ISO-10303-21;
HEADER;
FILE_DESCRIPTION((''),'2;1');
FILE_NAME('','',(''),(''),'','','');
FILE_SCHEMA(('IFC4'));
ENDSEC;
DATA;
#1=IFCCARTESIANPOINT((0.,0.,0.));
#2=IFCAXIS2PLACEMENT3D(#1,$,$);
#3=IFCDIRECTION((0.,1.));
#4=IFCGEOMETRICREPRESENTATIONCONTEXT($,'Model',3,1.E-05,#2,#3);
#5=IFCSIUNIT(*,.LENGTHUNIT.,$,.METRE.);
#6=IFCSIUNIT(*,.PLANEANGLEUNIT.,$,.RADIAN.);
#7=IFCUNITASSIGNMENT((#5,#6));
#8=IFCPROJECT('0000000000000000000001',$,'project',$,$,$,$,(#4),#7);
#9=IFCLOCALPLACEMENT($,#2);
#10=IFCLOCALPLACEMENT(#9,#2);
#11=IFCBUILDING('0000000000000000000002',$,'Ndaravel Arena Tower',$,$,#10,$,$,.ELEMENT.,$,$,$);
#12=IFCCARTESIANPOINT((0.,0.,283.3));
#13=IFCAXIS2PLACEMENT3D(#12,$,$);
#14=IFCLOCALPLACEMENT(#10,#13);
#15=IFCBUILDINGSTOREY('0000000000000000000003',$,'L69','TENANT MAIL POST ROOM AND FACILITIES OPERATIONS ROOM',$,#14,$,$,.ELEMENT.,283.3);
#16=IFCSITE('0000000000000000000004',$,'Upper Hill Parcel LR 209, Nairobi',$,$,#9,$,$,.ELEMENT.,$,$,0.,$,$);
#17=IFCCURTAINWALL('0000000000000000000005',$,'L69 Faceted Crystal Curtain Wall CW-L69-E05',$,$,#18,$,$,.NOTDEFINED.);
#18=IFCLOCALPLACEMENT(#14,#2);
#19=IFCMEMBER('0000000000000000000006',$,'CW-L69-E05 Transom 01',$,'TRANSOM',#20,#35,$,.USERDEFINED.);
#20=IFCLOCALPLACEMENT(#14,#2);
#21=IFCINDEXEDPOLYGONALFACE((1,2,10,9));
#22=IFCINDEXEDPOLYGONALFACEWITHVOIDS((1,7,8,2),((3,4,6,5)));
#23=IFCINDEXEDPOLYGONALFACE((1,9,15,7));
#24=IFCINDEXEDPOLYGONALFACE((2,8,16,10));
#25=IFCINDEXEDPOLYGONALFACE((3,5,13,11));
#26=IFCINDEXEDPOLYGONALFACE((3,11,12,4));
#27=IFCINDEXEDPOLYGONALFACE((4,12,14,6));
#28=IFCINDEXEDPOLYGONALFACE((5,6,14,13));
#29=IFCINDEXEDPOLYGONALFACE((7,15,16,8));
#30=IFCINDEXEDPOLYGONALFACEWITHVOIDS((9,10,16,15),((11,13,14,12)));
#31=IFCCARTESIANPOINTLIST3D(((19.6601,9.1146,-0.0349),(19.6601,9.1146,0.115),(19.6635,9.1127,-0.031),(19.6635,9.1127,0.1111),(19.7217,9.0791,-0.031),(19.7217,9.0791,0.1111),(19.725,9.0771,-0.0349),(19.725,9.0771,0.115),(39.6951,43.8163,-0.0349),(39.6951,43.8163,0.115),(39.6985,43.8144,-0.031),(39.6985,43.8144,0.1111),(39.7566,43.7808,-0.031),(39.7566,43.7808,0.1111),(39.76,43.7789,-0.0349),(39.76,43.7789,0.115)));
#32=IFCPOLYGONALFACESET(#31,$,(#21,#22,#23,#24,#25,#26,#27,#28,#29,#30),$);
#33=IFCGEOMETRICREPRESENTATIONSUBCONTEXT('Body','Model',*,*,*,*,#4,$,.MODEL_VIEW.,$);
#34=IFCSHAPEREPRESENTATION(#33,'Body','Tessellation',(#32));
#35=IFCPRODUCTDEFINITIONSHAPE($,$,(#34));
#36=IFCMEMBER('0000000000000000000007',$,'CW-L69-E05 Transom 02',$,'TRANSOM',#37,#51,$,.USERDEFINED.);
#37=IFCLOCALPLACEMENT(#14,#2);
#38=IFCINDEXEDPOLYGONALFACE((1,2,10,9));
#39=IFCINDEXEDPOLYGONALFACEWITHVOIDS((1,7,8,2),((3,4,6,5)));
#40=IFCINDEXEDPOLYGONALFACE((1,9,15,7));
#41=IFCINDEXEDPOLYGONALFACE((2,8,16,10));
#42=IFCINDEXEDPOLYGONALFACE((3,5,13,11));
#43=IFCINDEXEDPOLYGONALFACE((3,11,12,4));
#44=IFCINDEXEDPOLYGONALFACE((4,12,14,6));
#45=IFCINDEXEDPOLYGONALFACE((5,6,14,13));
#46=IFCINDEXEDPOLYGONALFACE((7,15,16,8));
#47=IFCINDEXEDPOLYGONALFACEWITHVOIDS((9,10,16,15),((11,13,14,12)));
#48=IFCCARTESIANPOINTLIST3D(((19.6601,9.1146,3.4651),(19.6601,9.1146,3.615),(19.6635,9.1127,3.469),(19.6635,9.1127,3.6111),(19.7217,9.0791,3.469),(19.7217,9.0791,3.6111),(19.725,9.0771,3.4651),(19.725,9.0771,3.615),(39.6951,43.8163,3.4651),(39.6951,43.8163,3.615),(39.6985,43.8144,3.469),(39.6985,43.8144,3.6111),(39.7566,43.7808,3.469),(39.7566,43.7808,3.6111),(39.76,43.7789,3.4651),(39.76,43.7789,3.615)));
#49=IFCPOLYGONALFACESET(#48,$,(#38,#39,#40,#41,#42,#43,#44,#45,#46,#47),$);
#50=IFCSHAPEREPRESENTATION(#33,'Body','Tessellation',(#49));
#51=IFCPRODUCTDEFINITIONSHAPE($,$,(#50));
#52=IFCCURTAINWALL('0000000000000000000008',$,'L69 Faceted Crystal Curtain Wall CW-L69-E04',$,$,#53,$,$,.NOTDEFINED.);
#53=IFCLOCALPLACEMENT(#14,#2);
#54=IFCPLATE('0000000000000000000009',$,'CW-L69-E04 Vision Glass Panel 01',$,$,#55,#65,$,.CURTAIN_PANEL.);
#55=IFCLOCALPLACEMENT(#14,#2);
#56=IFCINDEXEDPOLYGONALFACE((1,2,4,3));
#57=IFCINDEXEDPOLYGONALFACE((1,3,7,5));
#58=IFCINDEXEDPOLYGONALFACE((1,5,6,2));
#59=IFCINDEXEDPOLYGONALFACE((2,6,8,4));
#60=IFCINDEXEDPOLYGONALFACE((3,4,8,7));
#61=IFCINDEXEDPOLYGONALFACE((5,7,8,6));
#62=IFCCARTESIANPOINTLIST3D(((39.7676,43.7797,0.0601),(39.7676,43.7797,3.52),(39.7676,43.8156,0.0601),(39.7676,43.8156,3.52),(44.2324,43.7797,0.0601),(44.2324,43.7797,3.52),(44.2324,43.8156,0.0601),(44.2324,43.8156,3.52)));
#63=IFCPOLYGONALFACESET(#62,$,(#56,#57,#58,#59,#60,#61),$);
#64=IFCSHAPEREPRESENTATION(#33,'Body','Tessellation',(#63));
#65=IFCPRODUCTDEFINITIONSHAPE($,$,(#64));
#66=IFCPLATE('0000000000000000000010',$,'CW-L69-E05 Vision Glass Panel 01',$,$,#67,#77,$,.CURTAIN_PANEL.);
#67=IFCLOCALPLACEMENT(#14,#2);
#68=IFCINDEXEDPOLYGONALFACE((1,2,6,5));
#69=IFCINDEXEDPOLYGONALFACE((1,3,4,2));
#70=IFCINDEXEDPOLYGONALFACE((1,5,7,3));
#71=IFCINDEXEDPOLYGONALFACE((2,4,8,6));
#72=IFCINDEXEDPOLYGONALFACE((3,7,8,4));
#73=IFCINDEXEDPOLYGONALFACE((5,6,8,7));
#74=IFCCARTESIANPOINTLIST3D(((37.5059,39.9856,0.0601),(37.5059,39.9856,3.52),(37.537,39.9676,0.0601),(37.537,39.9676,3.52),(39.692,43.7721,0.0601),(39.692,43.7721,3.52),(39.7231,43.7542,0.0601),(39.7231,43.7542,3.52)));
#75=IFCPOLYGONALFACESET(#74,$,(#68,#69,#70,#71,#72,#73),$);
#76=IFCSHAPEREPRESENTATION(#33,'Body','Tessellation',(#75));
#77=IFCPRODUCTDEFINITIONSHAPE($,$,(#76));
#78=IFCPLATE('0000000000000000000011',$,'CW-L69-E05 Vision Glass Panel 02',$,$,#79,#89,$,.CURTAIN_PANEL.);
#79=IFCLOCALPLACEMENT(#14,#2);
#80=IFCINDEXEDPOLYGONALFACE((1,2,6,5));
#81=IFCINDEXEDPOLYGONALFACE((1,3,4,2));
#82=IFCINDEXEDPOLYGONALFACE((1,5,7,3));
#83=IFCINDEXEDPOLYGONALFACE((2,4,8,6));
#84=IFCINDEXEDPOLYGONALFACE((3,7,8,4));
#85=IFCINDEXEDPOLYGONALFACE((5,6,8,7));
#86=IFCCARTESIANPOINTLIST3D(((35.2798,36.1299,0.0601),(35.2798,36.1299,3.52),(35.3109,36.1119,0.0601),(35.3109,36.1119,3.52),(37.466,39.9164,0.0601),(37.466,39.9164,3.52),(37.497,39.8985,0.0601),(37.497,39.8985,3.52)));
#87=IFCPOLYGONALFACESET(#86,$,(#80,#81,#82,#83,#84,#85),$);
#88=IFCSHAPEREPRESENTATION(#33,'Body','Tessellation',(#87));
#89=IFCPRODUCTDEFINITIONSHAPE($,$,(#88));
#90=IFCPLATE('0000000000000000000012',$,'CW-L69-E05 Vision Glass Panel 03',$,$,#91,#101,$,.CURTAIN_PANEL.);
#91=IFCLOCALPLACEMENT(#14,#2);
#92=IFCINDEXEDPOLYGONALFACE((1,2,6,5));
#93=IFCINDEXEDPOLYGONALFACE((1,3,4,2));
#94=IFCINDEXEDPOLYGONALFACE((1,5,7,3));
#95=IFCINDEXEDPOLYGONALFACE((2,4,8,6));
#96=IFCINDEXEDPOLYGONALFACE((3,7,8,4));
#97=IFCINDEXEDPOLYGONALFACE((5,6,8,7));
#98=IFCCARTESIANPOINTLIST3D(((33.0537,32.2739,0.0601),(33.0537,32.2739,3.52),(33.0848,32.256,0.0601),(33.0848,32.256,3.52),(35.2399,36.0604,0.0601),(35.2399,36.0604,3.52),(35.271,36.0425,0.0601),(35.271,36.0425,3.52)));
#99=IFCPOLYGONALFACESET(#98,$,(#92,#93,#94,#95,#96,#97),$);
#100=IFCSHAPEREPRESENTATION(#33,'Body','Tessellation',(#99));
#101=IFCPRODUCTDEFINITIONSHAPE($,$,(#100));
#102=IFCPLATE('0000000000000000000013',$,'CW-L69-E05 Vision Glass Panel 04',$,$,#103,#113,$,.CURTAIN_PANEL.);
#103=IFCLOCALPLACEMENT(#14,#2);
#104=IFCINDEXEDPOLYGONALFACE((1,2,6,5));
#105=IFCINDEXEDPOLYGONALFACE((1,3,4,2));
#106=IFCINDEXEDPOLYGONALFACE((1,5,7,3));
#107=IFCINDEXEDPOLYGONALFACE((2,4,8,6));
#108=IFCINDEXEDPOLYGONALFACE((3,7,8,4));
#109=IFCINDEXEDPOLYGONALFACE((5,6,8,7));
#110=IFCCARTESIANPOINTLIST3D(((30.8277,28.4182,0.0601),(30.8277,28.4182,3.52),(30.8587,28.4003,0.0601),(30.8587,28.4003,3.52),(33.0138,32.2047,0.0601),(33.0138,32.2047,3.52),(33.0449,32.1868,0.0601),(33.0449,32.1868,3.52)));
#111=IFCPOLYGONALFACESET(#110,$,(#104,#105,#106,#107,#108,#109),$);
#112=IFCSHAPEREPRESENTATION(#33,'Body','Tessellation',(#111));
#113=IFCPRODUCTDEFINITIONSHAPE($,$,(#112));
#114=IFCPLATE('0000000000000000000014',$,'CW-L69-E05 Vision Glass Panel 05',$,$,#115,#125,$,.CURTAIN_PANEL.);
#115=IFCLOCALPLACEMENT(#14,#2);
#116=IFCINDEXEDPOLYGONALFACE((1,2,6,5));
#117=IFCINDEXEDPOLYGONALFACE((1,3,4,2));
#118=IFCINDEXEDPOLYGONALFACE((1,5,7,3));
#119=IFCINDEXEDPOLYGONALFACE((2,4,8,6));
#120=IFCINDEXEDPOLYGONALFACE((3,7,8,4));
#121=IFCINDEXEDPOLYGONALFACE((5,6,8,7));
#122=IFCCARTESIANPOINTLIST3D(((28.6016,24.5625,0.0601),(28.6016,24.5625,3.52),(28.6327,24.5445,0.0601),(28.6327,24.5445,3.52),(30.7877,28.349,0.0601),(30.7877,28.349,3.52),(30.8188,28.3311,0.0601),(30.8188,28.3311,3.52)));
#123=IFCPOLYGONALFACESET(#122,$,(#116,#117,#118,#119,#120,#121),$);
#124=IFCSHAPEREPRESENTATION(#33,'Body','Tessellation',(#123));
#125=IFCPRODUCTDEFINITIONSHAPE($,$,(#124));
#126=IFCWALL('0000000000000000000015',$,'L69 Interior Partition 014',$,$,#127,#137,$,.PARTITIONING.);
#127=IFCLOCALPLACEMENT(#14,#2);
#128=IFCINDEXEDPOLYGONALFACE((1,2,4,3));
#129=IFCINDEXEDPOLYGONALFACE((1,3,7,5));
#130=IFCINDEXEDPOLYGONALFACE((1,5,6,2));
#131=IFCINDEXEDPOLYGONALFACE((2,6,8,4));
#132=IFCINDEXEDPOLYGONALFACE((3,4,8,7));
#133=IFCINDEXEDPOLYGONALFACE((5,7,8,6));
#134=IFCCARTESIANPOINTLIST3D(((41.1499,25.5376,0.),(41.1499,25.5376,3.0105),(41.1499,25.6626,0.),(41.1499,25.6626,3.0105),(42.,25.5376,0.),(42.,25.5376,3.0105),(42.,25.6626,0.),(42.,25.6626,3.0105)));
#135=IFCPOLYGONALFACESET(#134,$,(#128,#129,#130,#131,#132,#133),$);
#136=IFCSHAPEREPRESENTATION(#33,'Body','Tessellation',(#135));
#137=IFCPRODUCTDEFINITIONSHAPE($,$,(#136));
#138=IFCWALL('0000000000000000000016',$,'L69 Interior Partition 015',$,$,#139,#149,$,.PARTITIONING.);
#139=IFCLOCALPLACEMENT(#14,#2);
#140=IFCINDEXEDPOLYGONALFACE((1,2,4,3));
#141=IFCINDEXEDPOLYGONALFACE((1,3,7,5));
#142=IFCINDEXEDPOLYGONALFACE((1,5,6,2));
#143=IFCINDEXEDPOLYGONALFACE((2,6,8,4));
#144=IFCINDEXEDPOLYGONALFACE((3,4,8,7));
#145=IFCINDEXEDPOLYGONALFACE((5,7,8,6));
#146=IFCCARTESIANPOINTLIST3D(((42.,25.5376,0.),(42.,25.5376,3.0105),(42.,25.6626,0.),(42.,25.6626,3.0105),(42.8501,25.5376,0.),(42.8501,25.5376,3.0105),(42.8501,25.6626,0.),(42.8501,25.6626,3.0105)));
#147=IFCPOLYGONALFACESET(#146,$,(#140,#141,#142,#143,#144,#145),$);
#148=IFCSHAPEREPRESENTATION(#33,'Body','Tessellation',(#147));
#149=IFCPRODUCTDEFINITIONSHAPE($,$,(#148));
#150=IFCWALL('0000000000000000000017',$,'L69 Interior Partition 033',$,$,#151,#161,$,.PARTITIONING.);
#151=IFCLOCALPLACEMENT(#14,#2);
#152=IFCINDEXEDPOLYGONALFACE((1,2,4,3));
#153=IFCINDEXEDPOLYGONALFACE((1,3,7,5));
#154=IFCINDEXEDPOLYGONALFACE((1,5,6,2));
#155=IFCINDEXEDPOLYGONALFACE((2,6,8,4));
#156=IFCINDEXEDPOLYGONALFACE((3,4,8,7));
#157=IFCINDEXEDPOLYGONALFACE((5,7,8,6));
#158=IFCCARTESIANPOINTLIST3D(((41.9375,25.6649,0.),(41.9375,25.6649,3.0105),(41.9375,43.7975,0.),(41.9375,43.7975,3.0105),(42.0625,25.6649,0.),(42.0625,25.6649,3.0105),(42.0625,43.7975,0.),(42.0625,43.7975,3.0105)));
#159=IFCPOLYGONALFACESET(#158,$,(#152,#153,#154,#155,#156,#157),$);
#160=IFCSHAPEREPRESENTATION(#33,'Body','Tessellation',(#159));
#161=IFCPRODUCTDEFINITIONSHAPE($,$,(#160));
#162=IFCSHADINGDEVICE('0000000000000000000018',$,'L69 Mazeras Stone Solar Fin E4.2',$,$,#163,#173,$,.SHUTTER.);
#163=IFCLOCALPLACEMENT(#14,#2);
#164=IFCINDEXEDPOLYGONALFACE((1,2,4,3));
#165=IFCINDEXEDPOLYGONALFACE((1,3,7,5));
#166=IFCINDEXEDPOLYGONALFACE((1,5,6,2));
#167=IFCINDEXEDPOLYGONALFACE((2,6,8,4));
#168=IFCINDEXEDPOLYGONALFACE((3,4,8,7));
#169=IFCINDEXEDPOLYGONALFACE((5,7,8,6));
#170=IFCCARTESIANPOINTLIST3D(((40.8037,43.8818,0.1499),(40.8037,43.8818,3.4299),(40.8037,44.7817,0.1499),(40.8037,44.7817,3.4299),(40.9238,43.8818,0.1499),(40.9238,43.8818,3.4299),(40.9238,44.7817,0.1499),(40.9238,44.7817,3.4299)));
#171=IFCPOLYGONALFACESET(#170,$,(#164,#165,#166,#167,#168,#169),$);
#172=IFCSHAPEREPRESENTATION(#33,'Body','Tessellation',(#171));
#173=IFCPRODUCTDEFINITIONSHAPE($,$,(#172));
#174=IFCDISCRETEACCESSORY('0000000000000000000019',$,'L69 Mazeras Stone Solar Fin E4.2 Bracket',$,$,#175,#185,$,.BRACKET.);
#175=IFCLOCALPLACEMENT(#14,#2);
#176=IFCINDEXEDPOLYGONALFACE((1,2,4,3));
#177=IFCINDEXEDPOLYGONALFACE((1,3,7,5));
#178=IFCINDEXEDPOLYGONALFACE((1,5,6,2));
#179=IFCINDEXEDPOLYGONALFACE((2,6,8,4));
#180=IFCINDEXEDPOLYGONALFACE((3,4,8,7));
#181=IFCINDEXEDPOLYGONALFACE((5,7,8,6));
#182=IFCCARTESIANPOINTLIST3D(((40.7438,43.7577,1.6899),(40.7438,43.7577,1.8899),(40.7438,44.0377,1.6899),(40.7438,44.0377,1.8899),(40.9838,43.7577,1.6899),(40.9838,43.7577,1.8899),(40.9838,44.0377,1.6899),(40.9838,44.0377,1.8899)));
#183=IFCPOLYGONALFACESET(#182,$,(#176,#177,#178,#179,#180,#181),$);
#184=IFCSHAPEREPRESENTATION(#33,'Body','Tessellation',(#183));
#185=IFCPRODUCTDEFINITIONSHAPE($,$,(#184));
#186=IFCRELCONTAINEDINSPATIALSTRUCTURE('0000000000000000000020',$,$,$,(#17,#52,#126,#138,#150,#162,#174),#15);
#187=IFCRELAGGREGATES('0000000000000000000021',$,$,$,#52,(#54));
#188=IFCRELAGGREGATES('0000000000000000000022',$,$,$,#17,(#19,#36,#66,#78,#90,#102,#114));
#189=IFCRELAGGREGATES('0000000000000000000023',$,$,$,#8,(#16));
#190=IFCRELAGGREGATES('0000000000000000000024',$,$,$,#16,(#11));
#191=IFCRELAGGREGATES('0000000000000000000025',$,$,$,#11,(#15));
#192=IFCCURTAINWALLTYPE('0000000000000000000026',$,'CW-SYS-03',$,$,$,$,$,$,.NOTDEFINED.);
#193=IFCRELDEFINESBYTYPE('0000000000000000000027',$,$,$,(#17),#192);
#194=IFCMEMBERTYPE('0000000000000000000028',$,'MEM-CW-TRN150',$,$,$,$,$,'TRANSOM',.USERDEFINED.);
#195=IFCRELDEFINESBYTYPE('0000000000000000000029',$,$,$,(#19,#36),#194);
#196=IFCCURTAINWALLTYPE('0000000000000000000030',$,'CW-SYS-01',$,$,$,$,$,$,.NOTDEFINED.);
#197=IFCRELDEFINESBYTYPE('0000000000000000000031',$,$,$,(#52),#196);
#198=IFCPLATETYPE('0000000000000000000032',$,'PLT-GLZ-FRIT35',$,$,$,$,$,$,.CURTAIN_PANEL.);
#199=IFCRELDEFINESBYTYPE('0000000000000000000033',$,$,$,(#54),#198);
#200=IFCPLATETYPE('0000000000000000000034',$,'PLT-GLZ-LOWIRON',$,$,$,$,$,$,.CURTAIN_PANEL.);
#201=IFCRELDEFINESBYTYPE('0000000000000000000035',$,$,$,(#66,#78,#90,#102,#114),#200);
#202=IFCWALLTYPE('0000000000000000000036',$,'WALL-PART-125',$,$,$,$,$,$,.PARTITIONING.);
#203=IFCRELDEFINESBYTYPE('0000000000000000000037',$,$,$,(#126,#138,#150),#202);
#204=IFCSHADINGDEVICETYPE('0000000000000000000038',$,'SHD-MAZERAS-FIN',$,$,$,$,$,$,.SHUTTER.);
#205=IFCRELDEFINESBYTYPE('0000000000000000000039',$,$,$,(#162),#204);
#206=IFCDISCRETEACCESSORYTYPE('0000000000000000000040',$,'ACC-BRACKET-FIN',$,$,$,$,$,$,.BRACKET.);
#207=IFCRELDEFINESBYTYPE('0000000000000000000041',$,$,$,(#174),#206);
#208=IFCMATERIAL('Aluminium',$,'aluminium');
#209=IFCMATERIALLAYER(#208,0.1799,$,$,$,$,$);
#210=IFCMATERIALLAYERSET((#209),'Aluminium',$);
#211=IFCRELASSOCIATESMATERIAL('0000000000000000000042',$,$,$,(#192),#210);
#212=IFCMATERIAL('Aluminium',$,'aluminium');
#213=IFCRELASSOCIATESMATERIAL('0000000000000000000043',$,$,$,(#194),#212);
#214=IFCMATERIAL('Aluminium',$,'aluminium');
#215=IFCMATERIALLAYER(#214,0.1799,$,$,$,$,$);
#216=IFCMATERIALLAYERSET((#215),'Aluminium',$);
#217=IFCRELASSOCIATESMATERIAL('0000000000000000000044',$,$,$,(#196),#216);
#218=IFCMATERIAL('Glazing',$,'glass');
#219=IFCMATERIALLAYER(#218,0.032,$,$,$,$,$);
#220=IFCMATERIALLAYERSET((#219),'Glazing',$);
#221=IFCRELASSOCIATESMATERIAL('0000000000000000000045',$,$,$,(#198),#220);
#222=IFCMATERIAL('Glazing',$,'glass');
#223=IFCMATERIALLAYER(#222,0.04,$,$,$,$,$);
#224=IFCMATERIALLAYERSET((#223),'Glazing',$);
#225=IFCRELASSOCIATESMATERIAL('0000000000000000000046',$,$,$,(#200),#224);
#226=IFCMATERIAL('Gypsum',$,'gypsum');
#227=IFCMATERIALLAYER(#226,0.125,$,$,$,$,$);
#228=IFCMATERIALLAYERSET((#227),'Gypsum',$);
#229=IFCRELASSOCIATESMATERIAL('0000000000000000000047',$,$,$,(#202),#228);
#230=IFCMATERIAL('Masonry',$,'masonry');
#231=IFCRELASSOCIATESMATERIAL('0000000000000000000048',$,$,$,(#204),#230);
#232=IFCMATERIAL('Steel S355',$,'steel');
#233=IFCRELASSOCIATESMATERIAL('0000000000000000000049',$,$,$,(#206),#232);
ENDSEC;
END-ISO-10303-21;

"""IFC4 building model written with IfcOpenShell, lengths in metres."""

from ifc_helpers import new_model, si_unit, direction, frame, frame_2d, origin, origin_2d, place, context, subcontext, project, spatial, rectangle, hollow_rectangle, extrude, material, layer, layer_set, material_profile, profile_set, type_object, element, aggregate, save


model = new_model("IFC4")

# Units and contexts
model_context = context("Model", 3, precision=1e-05, world=origin(), true_north=direction((0.0, 1.0)))
body_context = subcontext(model_context, "Body", "Model", "MODEL_VIEW")
ifc_project = project(units=[si_unit("LENGTHUNIT", "METRE"), si_unit("PLANEANGLEUNIT", "RADIAN")], contexts=[model_context])

# Site, building, storey
site_placement = place(None, origin())
site = spatial("IfcSite", under=ifc_project, at=site_placement, Name="Upper Hill Parcel LR 209, Nairobi", CompositionType="ELEMENT", RefElevation=0.0)
building_placement = place(site_placement, origin())
building = spatial("IfcBuilding", under=site, at=building_placement, Name="Ndaravel Arena Tower", CompositionType="ELEMENT")
storey_placement = place(building_placement, frame((0.0, 0.0, 283.3)))
storey = spatial("IfcBuildingStorey", under=building, at=storey_placement, Name="L69", Description="TENANT MAIL POST ROOM AND FACILITIES OPERATIONS ROOM", CompositionType="ELEMENT", Elevation=283.3)

# Curtain wall, members
ifc_material_1 = material(Name="Aluminium", Category="aluminium")
ifc_layer_1 = layer(ifc_material_1, 0.1799)
ifc_layer_set_1 = layer_set([ifc_layer_1], Name="Aluminium")
curtain_wall_type_1 = type_object("IfcCurtainWallType", Name="CW-SYS-03", PredefinedType="NOTDEFINED", material=ifc_layer_set_1)
curtain_wall_1_placement = place(storey_placement, origin())
curtain_wall_1 = element("IfcCurtainWall", 1, at=curtain_wall_1_placement, inside=storey, type_object=curtain_wall_type_1, Name="L69 Faceted Crystal Curtain Wall CW-L69-E05", PredefinedType="NOTDEFINED")
ifc_material_2 = material(Name="Aluminium", Category="aluminium")
ifc_material_profile_1 = material_profile(ifc_material_2, hollow_rectangle(XDim=0.075, YDim=0.1499, WallThickness=0.0039, at=origin_2d()), Name="CW TRANSOM 75x150x4")
ifc_profile_set_1 = profile_set([ifc_material_profile_1], Name="Aluminium")
member_type_1 = type_object("IfcMemberType", Name="MEM-CW-TRN150", ElementType="TRANSOM", PredefinedType="USERDEFINED", material=ifc_profile_set_1)
member_1_placement = place(storey_placement, frame((39.7275, 43.7976, 0.04), z_axis=(-0.499998, -0.866026, 0.0), x_axis=(0.866026, -0.499998, 0.0)))
member_1 = element("IfcMember", 2, at=member_1_placement, type_object=member_type_1, Name="CW-L69-E05 Transom 01", ObjectType="TRANSOM", PredefinedType="USERDEFINED", context=body_context, shape_type="SweptSolid", body=[
    extrude(hollow_rectangle(XDim=0.075, YDim=0.1499, WallThickness=0.0039, at=origin_2d()), origin(), (0.0, 0.0, 1.0), 40.0701),
])
member_2_placement = place(storey_placement, frame((39.7275, 43.7976, 3.54), z_axis=(-0.499998, -0.866026, 0.0), x_axis=(0.866026, -0.499998, 0.0)))
member_2 = element("IfcMember", 3, at=member_2_placement, type_object=member_type_1, Name="CW-L69-E05 Transom 02", ObjectType="TRANSOM", PredefinedType="USERDEFINED", context=body_context, shape_type="SweptSolid", body=[
    extrude(hollow_rectangle(XDim=0.075, YDim=0.1499, WallThickness=0.0039, at=origin_2d()), origin(), (0.0, 0.0, 1.0), 40.0701),
])

# Curtain wall, plate
ifc_material_3 = material(Name="Aluminium", Category="aluminium")
ifc_layer_2 = layer(ifc_material_3, 0.1799)
ifc_layer_set_2 = layer_set([ifc_layer_2], Name="Aluminium")
curtain_wall_type_2 = type_object("IfcCurtainWallType", Name="CW-SYS-01", PredefinedType="NOTDEFINED", material=ifc_layer_set_2)
curtain_wall_2_placement = place(storey_placement, origin())
curtain_wall_2 = element("IfcCurtainWall", 4, at=curtain_wall_2_placement, inside=storey, type_object=curtain_wall_type_2, Name="L69 Faceted Crystal Curtain Wall CW-L69-E04", PredefinedType="NOTDEFINED")
ifc_material_4 = material(Name="Glazing", Category="glass")
ifc_layer_3 = layer(ifc_material_4, 0.032)
ifc_layer_set_3 = layer_set([ifc_layer_3], Name="Glazing")
plate_type_1 = type_object("IfcPlateType", Name="PLT-GLZ-FRIT35", PredefinedType="CURTAIN_PANEL", material=ifc_layer_set_3)
plate_1_placement = place(storey_placement, frame((42.0, 43.7976, 0.0601), z_axis=(0.0, 0.0, 1.0), x_axis=(-1.0, 0.0, 0.0)))
plate_1 = element("IfcPlate", 5, at=plate_1_placement, type_object=plate_type_1, Name="CW-L69-E04 Vision Glass Panel 01", PredefinedType="CURTAIN_PANEL", context=body_context, shape_type="SweptSolid", body=[
    extrude(rectangle(XDim=4.4648, YDim=0.0359, at=origin_2d()), origin(), (0.0, 0.0, 1.0), 3.46),
])
aggregate(curtain_wall_2, [plate_1])

# Plates
ifc_material_5 = material(Name="Glazing", Category="glass")
ifc_layer_4 = layer(ifc_material_5, 0.04)
ifc_layer_set_4 = layer_set([ifc_layer_4], Name="Glazing")
plate_type_2 = type_object("IfcPlateType", Name="PLT-GLZ-LOWIRON", PredefinedType="CURTAIN_PANEL", material=ifc_layer_set_4)
plate_2_placement = place(storey_placement, frame((38.6145, 41.8699, 0.0601), z_axis=(0.0, 0.0, 1.0), x_axis=(-0.5, -0.866025, 0.0)))
plate_2 = element("IfcPlate", 6, at=plate_2_placement, type_object=plate_type_2, Name="CW-L69-E05 Vision Glass Panel 01", PredefinedType="CURTAIN_PANEL", context=body_context, shape_type="SweptSolid", body=[
    extrude(rectangle(XDim=4.3723, YDim=0.0359, at=origin_2d()), origin(), (0.0, 0.0, 1.0), 3.46),
])
plate_3_placement = place(storey_placement, frame((36.3884, 38.0142, 0.0601), z_axis=(0.0, 0.0, 1.0), x_axis=(-0.5, -0.866025, 0.0)))
plate_3 = element("IfcPlate", 7, at=plate_3_placement, type_object=plate_type_2, Name="CW-L69-E05 Vision Glass Panel 02", PredefinedType="CURTAIN_PANEL", context=body_context, shape_type="SweptSolid", body=[
    extrude(rectangle(XDim=4.3723, YDim=0.0359, at=origin_2d()), origin(), (0.0, 0.0, 1.0), 3.46),
])
plate_4_placement = place(storey_placement, frame((34.1624, 34.1582, 0.0601), z_axis=(0.0, 0.0, 1.0), x_axis=(-0.5, -0.866025, 0.0)))
plate_4 = element("IfcPlate", 8, at=plate_4_placement, type_object=plate_type_2, Name="CW-L69-E05 Vision Glass Panel 03", PredefinedType="CURTAIN_PANEL", context=body_context, shape_type="SweptSolid", body=[
    extrude(rectangle(XDim=4.3723, YDim=0.0359, at=origin_2d()), origin(), (0.0, 0.0, 1.0), 3.46),
])
plate_5_placement = place(storey_placement, frame((31.9363, 30.3025, 0.0601), z_axis=(0.0, 0.0, 1.0), x_axis=(-0.5, -0.866025, 0.0)))
plate_5 = element("IfcPlate", 9, at=plate_5_placement, type_object=plate_type_2, Name="CW-L69-E05 Vision Glass Panel 04", PredefinedType="CURTAIN_PANEL", context=body_context, shape_type="SweptSolid", body=[
    extrude(rectangle(XDim=4.3723, YDim=0.0359, at=origin_2d()), origin(), (0.0, 0.0, 1.0), 3.46),
])
plate_6_placement = place(storey_placement, frame((29.7102, 26.4468, 0.0601), z_axis=(0.0, 0.0, 1.0), x_axis=(-0.5, -0.866025, 0.0)))
plate_6 = element("IfcPlate", 10, at=plate_6_placement, type_object=plate_type_2, Name="CW-L69-E05 Vision Glass Panel 05", PredefinedType="CURTAIN_PANEL", context=body_context, shape_type="SweptSolid", body=[
    extrude(rectangle(XDim=4.3723, YDim=0.0359, at=origin_2d()), origin(), (0.0, 0.0, 1.0), 3.46),
])
aggregate(curtain_wall_1, [member_1, member_2, plate_2, plate_3, plate_4, plate_5, plate_6])

# Walls
ifc_material_6 = material(Name="Gypsum", Category="gypsum")
ifc_layer_5 = layer(ifc_material_6, 0.125)
ifc_layer_set_5 = layer_set([ifc_layer_5], Name="Gypsum")
wall_type = type_object("IfcWallType", Name="WALL-PART-125", PredefinedType="PARTITIONING", material=ifc_layer_set_5)
for number, where, z_axis, x_axis, name in (
    (11, (41.1499, 25.6001, 0.0), (0.0, 0.0, 1.0), (1.0, 0.0, 0.0), "L69 Interior Partition 014"),
    (12, (42.0, 25.6001, 0.0), (0.0, 0.0, 1.0), (1.0, 0.0, 0.0), "L69 Interior Partition 015"),
):
    element("IfcWall", number, at=place(storey_placement, frame(where, z_axis=z_axis, x_axis=x_axis)), inside=storey, type_object=wall_type, Name=name, PredefinedType="PARTITIONING", context=body_context, shape_type="SweptSolid", body=[
        extrude(rectangle(XDim=0.8501, YDim=0.125, at=frame_2d((0.425, 0.0))), origin(), (0.0, 0.0, 1.0), 3.0105),
    ])
wall_placement = place(storey_placement, frame((42.0, 43.7976, 0.0), z_axis=(0.0, 0.0, 1.0), x_axis=(0.0, -1.0, 0.0)))
element("IfcWall", 13, at=wall_placement, inside=storey, type_object=wall_type, Name="L69 Interior Partition 033", PredefinedType="PARTITIONING", context=body_context, shape_type="SweptSolid", body=[
    extrude(rectangle(XDim=18.1326, YDim=0.125, at=frame_2d((9.0664, 0.0))), origin(), (0.0, 0.0, 1.0), 3.0105),
])

# Shading device
ifc_material_7 = material(Name="Masonry", Category="masonry")
shading_device_type = type_object("IfcShadingDeviceType", Name="SHD-MAZERAS-FIN", PredefinedType="SHUTTER", material=ifc_material_7)
shading_device_placement = place(storey_placement, frame((40.8638, 44.3318, 0.1499), z_axis=(0.0, 0.0, 1.0), x_axis=(0.0, 1.0, 0.0)))
element("IfcShadingDevice", 14, at=shading_device_placement, inside=storey, type_object=shading_device_type, Name="L69 Mazeras Stone Solar Fin E4.2", PredefinedType="SHUTTER", context=body_context, shape_type="SweptSolid", body=[
    extrude(rectangle(XDim=0.8999, YDim=0.1201, at=origin_2d()), origin(), (0.0, 0.0, 1.0), 3.28),
])

# Discrete accessory
ifc_material_8 = material(Name="Steel S355", Category="steel")
discrete_accessory_type = type_object("IfcDiscreteAccessoryType", Name="ACC-BRACKET-FIN", PredefinedType="BRACKET", material=ifc_material_8)
discrete_accessory_placement = place(storey_placement, frame((40.8638, 43.8977, 1.6899), z_axis=(0.0, 0.0, 1.0), x_axis=(0.0, 1.0, 0.0)))
element("IfcDiscreteAccessory", 15, at=discrete_accessory_placement, inside=storey, type_object=discrete_accessory_type, Name="L69 Mazeras Stone Solar Fin E4.2 Bracket", PredefinedType="BRACKET", context=body_context, shape_type="SweptSolid", body=[
    extrude(rectangle(XDim=0.28, YDim=0.24, at=origin_2d()), origin(), (0.0, 0.0, 1.0), 0.2),
])

save(model, "model.ifc")
